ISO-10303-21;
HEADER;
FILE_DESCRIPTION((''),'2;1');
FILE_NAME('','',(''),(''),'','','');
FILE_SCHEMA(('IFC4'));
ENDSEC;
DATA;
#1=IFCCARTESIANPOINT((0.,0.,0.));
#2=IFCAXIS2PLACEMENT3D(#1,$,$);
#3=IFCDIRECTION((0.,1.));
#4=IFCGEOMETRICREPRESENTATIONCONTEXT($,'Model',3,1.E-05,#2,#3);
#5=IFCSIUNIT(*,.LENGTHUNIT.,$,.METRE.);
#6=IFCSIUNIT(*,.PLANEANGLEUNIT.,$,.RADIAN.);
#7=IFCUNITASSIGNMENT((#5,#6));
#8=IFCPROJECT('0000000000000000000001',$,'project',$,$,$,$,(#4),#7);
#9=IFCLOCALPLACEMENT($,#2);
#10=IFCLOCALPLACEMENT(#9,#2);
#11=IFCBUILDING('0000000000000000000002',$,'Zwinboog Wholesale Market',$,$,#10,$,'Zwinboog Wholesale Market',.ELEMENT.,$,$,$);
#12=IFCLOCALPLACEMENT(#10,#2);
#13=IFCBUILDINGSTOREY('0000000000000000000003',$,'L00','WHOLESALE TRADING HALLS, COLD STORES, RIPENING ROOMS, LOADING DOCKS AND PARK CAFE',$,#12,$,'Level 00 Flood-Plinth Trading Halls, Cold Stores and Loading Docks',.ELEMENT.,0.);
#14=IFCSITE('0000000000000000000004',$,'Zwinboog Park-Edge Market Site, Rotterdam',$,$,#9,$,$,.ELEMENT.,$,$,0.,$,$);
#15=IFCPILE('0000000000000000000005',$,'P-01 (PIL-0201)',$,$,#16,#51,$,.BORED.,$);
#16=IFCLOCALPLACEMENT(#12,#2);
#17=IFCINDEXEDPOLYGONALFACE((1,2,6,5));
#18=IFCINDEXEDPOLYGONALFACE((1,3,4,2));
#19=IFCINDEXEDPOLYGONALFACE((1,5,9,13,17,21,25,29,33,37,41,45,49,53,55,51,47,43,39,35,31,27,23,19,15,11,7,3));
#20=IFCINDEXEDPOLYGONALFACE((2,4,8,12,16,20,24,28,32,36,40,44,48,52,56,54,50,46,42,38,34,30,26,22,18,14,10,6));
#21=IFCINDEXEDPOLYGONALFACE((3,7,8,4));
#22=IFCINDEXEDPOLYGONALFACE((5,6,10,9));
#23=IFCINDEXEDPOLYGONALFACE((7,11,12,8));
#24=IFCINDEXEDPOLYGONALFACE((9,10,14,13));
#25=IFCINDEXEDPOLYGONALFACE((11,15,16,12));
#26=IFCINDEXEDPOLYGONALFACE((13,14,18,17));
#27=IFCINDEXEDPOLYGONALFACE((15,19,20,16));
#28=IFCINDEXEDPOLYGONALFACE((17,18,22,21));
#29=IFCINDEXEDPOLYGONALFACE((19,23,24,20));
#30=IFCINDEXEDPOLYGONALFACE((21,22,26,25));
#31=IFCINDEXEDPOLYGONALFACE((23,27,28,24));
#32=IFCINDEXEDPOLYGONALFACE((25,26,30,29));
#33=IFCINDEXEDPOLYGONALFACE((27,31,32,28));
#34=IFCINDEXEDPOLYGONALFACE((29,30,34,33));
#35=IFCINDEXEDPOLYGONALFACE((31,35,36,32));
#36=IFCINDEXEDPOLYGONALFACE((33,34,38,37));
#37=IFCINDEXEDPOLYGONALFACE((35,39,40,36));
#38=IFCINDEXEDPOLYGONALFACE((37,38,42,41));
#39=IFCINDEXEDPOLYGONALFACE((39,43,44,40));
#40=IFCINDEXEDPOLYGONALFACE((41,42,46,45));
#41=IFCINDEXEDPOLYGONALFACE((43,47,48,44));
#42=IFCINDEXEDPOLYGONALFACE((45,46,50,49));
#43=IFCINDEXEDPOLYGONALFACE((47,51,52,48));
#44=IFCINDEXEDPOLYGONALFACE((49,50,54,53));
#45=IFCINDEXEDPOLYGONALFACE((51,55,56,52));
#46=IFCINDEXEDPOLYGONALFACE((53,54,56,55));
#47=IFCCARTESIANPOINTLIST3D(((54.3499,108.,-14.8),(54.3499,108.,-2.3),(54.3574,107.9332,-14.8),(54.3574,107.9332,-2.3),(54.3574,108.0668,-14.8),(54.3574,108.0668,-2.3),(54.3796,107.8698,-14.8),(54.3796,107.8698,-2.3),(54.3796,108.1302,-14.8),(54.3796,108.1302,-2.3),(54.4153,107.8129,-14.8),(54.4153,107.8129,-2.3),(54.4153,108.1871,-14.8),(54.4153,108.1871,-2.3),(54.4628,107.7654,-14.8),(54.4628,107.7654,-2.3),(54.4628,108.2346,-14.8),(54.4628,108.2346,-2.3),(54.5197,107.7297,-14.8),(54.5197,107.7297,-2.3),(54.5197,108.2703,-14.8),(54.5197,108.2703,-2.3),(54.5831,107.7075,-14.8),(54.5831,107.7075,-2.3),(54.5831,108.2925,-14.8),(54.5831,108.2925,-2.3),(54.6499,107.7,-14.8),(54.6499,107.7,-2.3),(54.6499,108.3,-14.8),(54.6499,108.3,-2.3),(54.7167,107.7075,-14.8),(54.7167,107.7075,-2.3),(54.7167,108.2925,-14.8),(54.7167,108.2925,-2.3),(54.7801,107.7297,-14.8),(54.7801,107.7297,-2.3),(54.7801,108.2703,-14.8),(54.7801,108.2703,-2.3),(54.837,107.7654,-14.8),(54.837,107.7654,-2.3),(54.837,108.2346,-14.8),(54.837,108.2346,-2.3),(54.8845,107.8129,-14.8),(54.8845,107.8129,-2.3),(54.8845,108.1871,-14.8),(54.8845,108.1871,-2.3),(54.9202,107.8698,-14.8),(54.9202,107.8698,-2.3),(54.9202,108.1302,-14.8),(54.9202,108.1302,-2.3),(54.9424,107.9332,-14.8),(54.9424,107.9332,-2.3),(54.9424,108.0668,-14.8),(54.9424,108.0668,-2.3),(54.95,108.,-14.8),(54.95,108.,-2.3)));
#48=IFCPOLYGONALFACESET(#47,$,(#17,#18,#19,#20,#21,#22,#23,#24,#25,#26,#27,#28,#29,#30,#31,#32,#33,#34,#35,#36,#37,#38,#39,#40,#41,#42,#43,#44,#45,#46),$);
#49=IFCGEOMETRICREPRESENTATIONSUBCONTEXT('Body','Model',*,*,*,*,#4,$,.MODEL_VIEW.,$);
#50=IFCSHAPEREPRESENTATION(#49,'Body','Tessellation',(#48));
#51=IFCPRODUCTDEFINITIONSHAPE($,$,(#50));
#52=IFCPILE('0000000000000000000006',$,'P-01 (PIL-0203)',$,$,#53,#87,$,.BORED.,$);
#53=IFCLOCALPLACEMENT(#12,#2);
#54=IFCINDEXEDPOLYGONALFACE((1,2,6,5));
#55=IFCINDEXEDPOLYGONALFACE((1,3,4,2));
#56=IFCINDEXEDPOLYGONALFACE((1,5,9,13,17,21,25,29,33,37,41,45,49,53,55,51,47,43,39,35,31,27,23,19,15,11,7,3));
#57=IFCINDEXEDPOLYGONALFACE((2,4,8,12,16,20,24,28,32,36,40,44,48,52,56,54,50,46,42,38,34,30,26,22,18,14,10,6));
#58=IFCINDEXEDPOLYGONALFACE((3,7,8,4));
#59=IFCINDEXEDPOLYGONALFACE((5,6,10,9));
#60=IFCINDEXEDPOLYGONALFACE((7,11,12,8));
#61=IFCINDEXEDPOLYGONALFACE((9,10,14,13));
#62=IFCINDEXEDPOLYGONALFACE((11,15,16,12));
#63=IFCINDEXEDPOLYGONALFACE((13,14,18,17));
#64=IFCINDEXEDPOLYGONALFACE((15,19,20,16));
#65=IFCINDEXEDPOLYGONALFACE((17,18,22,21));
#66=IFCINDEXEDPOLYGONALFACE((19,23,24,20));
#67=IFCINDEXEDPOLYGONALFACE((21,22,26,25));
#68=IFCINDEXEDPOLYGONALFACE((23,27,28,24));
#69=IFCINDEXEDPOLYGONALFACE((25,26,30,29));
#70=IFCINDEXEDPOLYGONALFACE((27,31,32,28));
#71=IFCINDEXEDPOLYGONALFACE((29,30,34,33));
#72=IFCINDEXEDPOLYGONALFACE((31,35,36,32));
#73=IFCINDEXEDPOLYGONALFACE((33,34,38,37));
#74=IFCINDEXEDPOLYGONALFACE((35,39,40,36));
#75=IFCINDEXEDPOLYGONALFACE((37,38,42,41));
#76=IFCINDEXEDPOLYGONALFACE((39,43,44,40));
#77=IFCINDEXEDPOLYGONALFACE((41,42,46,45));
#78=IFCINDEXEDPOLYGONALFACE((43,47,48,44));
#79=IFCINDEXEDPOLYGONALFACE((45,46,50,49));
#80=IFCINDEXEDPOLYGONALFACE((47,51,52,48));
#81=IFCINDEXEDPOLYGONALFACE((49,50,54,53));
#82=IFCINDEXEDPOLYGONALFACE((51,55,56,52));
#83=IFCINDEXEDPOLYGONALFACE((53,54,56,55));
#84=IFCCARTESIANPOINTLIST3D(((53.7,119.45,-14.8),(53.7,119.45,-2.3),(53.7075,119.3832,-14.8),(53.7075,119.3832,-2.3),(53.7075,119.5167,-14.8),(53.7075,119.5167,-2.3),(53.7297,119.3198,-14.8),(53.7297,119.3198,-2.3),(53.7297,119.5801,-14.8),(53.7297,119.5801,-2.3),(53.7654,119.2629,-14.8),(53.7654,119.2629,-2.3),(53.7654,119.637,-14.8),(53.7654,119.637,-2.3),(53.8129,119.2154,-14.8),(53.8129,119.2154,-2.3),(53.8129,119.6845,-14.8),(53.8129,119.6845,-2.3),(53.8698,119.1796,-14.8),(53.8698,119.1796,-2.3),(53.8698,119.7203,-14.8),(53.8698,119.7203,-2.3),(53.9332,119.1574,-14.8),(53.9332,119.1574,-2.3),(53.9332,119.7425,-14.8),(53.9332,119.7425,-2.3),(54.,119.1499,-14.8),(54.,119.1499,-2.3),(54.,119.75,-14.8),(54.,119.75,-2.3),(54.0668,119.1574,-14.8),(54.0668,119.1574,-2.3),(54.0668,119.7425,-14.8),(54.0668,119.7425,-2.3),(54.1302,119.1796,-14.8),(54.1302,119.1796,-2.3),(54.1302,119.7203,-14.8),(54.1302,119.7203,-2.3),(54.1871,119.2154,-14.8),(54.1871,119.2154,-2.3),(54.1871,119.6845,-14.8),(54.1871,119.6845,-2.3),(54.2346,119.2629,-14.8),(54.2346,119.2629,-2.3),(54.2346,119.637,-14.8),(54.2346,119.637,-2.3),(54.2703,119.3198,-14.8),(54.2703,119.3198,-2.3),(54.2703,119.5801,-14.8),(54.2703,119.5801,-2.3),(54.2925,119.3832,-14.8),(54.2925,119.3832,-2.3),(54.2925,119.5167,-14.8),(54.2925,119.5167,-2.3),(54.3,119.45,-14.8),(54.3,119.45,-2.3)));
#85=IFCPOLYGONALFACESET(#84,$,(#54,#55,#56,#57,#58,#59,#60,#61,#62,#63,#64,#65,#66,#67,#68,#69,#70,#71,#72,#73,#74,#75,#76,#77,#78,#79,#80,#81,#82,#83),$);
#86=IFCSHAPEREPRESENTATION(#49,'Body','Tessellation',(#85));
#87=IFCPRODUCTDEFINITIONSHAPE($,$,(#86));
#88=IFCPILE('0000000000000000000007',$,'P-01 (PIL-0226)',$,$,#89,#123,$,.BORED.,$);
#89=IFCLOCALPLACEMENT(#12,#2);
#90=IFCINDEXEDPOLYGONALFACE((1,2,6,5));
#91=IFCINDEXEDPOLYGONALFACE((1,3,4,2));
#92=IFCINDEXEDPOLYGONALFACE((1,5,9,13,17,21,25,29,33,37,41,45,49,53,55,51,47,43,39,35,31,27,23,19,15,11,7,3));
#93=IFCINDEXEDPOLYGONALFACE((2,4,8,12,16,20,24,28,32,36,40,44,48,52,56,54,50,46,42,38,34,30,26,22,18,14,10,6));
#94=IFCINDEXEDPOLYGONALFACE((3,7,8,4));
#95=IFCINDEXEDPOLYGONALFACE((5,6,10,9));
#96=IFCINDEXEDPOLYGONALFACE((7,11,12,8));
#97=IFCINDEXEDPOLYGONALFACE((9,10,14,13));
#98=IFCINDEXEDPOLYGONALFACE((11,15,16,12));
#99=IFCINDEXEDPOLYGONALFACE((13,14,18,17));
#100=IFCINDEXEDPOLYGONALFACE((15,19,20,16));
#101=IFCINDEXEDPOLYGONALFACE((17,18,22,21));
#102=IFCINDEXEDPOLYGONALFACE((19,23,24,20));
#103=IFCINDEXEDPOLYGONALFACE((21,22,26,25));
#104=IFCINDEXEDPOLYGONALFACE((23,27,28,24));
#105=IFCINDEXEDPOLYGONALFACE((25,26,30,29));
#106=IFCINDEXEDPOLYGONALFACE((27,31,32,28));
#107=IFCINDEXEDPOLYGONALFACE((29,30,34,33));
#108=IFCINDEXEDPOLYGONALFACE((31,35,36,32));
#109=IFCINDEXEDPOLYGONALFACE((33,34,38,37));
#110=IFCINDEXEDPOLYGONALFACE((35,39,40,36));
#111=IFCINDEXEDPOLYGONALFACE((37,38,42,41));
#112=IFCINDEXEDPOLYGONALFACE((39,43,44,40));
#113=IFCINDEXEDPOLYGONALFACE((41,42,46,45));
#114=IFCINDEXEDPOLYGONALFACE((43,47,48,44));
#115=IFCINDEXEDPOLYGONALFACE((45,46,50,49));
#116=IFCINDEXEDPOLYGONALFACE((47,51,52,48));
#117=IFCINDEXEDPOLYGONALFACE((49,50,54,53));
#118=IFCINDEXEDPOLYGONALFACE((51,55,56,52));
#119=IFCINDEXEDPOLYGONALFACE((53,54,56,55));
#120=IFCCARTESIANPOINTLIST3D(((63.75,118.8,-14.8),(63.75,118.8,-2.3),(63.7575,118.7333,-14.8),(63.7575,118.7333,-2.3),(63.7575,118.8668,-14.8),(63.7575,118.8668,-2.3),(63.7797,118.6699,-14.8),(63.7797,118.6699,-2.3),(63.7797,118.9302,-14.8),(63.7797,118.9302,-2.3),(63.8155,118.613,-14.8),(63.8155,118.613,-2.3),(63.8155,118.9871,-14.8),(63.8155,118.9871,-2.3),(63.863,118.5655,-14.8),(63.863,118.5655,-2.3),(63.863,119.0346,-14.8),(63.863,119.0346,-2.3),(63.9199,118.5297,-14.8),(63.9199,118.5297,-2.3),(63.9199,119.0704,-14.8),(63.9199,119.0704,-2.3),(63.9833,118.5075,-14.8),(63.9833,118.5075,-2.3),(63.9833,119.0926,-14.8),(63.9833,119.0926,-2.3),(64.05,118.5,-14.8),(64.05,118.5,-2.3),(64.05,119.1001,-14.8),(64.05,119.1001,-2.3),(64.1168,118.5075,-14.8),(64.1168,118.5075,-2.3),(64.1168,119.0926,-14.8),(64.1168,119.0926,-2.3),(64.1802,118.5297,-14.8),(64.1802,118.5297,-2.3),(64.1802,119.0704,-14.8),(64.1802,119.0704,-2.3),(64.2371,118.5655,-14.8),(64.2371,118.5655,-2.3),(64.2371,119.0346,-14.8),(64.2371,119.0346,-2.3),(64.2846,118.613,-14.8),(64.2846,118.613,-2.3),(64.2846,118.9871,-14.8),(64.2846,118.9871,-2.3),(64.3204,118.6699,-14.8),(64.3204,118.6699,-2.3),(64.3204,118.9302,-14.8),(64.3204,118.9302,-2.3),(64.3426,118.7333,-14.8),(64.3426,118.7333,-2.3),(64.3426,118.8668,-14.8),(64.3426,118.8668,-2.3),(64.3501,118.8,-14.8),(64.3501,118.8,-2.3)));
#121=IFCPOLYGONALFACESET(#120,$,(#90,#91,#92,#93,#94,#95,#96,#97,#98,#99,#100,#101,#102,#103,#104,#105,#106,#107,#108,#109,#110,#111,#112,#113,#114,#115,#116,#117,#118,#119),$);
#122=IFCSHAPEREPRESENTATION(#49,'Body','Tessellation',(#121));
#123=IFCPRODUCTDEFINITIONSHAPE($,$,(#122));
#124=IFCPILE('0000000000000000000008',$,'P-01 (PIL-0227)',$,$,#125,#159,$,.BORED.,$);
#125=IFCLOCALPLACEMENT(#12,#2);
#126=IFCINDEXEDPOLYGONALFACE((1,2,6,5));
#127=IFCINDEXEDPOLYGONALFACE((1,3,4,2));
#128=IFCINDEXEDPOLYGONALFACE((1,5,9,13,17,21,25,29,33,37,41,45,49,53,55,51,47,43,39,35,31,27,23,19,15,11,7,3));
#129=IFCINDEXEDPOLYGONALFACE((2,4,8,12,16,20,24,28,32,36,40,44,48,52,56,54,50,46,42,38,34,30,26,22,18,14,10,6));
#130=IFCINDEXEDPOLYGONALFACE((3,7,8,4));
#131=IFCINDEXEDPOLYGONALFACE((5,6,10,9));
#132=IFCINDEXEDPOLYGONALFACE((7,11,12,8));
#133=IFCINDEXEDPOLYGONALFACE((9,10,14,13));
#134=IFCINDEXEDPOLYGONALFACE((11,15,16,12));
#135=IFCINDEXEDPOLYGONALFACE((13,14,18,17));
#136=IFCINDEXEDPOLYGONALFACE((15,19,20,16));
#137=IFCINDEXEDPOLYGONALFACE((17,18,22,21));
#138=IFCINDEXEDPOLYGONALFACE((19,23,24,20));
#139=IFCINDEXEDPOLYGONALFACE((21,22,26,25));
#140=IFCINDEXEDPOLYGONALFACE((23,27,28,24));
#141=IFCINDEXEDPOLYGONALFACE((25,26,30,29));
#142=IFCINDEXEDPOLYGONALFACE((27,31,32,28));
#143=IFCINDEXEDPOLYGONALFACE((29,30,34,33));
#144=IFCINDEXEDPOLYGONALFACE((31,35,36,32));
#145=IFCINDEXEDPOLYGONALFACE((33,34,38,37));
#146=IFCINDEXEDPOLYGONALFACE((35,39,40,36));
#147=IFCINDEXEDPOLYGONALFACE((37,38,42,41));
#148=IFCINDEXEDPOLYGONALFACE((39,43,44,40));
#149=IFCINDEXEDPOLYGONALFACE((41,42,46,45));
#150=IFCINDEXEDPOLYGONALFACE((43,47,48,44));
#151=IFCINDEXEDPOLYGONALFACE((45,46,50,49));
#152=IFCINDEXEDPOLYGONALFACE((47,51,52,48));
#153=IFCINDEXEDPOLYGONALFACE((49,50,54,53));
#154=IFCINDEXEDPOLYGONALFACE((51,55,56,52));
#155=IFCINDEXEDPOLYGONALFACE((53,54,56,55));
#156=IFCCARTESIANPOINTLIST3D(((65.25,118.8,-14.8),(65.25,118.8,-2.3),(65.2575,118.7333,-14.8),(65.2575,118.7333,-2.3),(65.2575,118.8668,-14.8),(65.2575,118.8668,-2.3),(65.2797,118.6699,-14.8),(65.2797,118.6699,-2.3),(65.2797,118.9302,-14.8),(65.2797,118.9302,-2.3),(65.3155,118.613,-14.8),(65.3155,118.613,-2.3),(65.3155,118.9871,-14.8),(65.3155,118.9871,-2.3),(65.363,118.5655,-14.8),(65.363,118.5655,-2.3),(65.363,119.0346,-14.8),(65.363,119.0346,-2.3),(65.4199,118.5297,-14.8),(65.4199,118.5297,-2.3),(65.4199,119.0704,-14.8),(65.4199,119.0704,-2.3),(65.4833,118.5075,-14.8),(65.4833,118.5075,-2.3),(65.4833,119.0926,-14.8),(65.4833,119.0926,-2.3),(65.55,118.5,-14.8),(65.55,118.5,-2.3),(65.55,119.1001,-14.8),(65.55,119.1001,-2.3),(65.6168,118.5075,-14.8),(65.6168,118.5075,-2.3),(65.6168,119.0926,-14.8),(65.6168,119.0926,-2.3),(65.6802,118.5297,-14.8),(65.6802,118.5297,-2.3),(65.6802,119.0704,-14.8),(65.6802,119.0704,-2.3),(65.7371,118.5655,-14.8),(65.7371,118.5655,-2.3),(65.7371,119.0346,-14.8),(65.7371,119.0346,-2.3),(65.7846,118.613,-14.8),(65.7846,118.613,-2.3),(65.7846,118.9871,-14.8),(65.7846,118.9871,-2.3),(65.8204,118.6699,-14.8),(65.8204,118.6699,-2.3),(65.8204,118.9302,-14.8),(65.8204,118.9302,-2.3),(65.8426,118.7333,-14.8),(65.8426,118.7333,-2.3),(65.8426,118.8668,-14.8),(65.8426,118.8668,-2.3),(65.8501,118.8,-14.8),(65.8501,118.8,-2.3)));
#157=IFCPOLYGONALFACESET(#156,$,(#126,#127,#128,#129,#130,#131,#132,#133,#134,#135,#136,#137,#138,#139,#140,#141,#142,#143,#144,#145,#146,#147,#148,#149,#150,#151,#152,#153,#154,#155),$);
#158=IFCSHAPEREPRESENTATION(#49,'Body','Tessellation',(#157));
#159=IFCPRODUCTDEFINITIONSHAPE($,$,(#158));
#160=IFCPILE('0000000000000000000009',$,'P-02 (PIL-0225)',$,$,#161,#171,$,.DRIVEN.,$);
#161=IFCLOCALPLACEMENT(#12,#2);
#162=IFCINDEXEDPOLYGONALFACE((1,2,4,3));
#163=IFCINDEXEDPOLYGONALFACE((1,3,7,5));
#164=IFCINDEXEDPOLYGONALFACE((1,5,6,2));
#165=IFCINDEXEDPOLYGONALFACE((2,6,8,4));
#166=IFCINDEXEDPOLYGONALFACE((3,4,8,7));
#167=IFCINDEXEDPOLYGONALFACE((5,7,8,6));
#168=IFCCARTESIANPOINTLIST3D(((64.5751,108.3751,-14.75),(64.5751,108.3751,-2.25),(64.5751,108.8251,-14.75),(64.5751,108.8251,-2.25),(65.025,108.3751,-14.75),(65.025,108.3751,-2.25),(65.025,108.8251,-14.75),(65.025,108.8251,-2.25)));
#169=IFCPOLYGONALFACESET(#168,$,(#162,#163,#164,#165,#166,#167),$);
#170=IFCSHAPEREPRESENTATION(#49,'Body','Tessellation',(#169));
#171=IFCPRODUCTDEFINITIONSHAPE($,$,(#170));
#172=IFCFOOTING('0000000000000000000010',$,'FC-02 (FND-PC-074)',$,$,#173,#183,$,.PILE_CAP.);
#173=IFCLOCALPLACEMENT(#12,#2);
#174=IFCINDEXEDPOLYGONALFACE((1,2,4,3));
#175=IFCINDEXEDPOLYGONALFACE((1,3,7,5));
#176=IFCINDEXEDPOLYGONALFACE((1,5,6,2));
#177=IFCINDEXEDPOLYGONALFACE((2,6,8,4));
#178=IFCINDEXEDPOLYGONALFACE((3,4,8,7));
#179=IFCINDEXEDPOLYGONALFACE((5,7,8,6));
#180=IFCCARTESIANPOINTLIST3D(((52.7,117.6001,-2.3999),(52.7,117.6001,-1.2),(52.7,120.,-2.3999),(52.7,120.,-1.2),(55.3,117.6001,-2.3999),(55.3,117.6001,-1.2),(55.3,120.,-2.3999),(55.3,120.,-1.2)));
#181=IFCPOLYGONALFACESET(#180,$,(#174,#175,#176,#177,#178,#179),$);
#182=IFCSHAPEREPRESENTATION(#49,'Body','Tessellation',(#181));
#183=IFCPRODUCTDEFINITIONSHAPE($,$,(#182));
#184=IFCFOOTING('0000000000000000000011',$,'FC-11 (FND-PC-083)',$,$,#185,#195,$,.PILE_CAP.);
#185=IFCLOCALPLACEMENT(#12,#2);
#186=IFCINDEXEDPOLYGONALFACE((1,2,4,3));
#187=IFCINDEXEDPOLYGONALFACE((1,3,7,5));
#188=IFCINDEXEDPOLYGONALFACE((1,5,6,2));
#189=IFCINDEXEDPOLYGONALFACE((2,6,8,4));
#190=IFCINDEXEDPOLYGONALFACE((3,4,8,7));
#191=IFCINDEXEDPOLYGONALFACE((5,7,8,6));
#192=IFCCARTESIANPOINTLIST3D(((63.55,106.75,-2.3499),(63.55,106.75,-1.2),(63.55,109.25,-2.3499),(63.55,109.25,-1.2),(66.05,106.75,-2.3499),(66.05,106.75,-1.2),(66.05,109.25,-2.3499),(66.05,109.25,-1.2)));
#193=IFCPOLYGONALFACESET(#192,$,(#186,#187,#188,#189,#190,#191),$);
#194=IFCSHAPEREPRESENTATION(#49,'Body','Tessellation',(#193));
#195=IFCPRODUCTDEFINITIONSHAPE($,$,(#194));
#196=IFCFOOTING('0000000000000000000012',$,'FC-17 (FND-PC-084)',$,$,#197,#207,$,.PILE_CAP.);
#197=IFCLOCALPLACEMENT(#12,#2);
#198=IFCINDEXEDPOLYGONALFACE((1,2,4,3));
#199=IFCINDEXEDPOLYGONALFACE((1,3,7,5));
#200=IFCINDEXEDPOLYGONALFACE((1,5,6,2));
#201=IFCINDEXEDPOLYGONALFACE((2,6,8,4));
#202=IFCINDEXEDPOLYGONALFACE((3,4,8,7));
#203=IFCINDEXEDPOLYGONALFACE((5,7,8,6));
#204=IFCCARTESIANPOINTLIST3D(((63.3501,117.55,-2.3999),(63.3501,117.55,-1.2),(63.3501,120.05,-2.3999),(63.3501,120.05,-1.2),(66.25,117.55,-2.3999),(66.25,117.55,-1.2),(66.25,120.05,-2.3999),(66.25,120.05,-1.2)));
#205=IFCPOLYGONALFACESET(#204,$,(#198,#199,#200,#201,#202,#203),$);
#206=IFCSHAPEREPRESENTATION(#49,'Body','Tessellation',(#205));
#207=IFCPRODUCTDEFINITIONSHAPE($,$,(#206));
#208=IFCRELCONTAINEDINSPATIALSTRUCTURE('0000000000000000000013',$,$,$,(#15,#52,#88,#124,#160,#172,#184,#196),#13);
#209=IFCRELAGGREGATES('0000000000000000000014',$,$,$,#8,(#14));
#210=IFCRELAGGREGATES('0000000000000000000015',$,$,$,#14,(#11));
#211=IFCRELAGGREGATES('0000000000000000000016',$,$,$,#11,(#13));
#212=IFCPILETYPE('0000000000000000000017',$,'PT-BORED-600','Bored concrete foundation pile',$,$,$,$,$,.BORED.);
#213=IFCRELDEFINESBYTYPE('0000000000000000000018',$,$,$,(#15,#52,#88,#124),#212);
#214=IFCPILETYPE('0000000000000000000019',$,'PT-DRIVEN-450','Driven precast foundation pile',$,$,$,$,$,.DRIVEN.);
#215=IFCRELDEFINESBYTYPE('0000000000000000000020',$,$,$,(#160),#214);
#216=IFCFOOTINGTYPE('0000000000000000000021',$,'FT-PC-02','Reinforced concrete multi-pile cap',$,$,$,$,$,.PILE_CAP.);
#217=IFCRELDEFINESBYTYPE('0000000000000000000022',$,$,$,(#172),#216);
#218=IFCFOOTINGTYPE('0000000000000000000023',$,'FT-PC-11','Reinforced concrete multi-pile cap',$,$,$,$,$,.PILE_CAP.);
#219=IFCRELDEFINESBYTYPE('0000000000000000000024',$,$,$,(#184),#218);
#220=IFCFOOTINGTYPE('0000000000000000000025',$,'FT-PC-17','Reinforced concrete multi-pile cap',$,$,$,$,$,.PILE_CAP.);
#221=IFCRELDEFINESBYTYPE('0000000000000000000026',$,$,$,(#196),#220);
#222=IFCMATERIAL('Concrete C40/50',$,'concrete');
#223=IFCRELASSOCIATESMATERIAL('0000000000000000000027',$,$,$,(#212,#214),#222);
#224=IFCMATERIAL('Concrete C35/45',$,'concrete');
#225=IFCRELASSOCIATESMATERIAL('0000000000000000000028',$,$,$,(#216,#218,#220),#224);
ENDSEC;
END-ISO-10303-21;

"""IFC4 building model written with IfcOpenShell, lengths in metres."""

from ifc_helpers import new_model, si_unit, direction, frame, origin, origin_2d, place, context, subcontext, project, spatial, rectangle, circle, extrude, material, material_profile, profile_set, type_object, element, save


model = new_model("IFC4")

# Units and contexts
model_context = context("Model", 3, precision=1e-05, world=origin(), true_north=direction((0.0, 1.0)))
body_context = subcontext(model_context, "Body", "Model", "MODEL_VIEW")
ifc_project = project(units=[si_unit("LENGTHUNIT", "METRE"), si_unit("PLANEANGLEUNIT", "RADIAN")], contexts=[model_context])

# Site, building, storey
site_placement = place(None, origin())
site = spatial("IfcSite", under=ifc_project, at=site_placement, Name="Zwinboog Park-Edge Market Site, Rotterdam", CompositionType="ELEMENT", RefElevation=0.0)
building_placement = place(site_placement, origin())
building = spatial("IfcBuilding", under=site, at=building_placement, Name="Zwinboog Wholesale Market", LongName="Zwinboog Wholesale Market", CompositionType="ELEMENT")
storey_placement = place(building_placement, origin())
storey = spatial("IfcBuildingStorey", under=building, at=storey_placement, Name="L00", Description="WHOLESALE TRADING HALLS, COLD STORES, RIPENING ROOMS, LOADING DOCKS AND PARK CAFE", LongName="Level 00 Flood-Plinth Trading Halls, Cold Stores and Loading Docks", CompositionType="ELEMENT", Elevation=0.0)

# Piles
ifc_material_1 = material(Name="Concrete C40/50", Category="concrete")
ifc_material_profile_1 = material_profile(ifc_material_1, circle(Radius=0.3, at=origin_2d()), Name="PILE D600")
ifc_profile_set_1 = profile_set([ifc_material_profile_1], Name="Concrete C40/50")
pile_type_1 = type_object("IfcPileType", Name="PT-BORED-600", Description="Bored concrete foundation pile", PredefinedType="BORED", material=ifc_profile_set_1)
for number, where, z_axis, x_axis, name in (
    (1, (54.6499, 108.0, -2.3), (0.0, 0.0, -1.0), (1.0, 0.0, 0.0), "P-01 (PIL-0201)"),
    (2, (54.0, 119.45, -2.3), (0.0, 0.0, -1.0), (1.0, 0.0, 0.0), "P-01 (PIL-0203)"),
    (3, (64.05, 118.8, -2.3), (0.0, 0.0, -1.0), (1.0, 0.0, 0.0), "P-01 (PIL-0226)"),
    (4, (65.55, 118.8, -2.3), (0.0, 0.0, -1.0), (1.0, 0.0, 0.0), "P-01 (PIL-0227)"),
):
    element("IfcPile", number, at=place(storey_placement, frame(where, z_axis=z_axis, x_axis=x_axis)), inside=storey, type_object=pile_type_1, Name=name, PredefinedType="BORED", context=body_context, shape_type="SweptSolid", body=[
        extrude(circle(Radius=0.3, at=origin_2d()), origin(), (0.0, 0.0, 1.0), 12.5),
    ])
ifc_material_profile_2 = material_profile(ifc_material_1, rectangle(XDim=0.45, YDim=0.45, at=origin_2d()), Name="PILE SQ450")
ifc_profile_set_2 = profile_set([ifc_material_profile_2], Name="Concrete C40/50")
pile_type_2 = type_object("IfcPileType", Name="PT-DRIVEN-450", Description="Driven precast foundation pile", PredefinedType="DRIVEN", material=ifc_profile_set_2)
pile_placement = place(storey_placement, frame((64.8, 108.6001, -2.25), z_axis=(0.0, 0.0, -1.0), x_axis=(1.0, 0.0, 0.0)))
element("IfcPile", 5, at=pile_placement, inside=storey, type_object=pile_type_2, Name="P-02 (PIL-0225)", PredefinedType="DRIVEN", context=body_context, shape_type="SweptSolid", body=[
    extrude(rectangle(XDim=0.45, YDim=0.45, at=origin_2d()), origin(), (0.0, 0.0, 1.0), 12.5),
])

# Footings
ifc_material_2 = material(Name="Concrete C35/45", Category="concrete")
footing_type_1 = type_object("IfcFootingType", Name="FT-PC-02", Description="Reinforced concrete multi-pile cap", PredefinedType="PILE_CAP", material=ifc_material_2)
footing_1_placement = place(storey_placement, frame((54.0, 118.8, -2.3999), z_axis=(0.0, 0.0, 1.0), x_axis=(1.0, 0.0, 0.0)))
element("IfcFooting", 6, at=footing_1_placement, inside=storey, type_object=footing_type_1, Name="FC-02 (FND-PC-074)", PredefinedType="PILE_CAP", context=body_context, shape_type="SweptSolid", body=[
    extrude(rectangle(XDim=2.6001, YDim=2.3999, at=origin_2d()), origin(), (0.0, 0.0, 1.0), 1.2),
])
footing_type_2 = type_object("IfcFootingType", Name="FT-PC-11", Description="Reinforced concrete multi-pile cap", PredefinedType="PILE_CAP", material=ifc_material_2)
footing_2_placement = place(storey_placement, frame((64.8, 108.0, -2.3499), z_axis=(0.0, 0.0, 1.0), x_axis=(1.0, 0.0, 0.0)))
element("IfcFooting", 7, at=footing_2_placement, inside=storey, type_object=footing_type_2, Name="FC-11 (FND-PC-083)", PredefinedType="PILE_CAP", context=body_context, shape_type="SweptSolid", body=[
    extrude(rectangle(XDim=2.5, YDim=2.5, at=origin_2d()), origin(), (0.0, 0.0, 1.0), 1.1499),
])
footing_type_3 = type_object("IfcFootingType", Name="FT-PC-17", Description="Reinforced concrete multi-pile cap", PredefinedType="PILE_CAP", material=ifc_material_2)
footing_3_placement = place(storey_placement, frame((64.8, 118.8, -2.3999), z_axis=(0.0, 0.0, 1.0), x_axis=(1.0, 0.0, 0.0)))
element("IfcFooting", 8, at=footing_3_placement, inside=storey, type_object=footing_type_3, Name="FC-17 (FND-PC-084)", PredefinedType="PILE_CAP", context=body_context, shape_type="SweptSolid", body=[
    extrude(rectangle(XDim=2.8999, YDim=2.5, at=origin_2d()), origin(), (0.0, 0.0, 1.0), 1.2),
])

save(model, "model.ifc")
